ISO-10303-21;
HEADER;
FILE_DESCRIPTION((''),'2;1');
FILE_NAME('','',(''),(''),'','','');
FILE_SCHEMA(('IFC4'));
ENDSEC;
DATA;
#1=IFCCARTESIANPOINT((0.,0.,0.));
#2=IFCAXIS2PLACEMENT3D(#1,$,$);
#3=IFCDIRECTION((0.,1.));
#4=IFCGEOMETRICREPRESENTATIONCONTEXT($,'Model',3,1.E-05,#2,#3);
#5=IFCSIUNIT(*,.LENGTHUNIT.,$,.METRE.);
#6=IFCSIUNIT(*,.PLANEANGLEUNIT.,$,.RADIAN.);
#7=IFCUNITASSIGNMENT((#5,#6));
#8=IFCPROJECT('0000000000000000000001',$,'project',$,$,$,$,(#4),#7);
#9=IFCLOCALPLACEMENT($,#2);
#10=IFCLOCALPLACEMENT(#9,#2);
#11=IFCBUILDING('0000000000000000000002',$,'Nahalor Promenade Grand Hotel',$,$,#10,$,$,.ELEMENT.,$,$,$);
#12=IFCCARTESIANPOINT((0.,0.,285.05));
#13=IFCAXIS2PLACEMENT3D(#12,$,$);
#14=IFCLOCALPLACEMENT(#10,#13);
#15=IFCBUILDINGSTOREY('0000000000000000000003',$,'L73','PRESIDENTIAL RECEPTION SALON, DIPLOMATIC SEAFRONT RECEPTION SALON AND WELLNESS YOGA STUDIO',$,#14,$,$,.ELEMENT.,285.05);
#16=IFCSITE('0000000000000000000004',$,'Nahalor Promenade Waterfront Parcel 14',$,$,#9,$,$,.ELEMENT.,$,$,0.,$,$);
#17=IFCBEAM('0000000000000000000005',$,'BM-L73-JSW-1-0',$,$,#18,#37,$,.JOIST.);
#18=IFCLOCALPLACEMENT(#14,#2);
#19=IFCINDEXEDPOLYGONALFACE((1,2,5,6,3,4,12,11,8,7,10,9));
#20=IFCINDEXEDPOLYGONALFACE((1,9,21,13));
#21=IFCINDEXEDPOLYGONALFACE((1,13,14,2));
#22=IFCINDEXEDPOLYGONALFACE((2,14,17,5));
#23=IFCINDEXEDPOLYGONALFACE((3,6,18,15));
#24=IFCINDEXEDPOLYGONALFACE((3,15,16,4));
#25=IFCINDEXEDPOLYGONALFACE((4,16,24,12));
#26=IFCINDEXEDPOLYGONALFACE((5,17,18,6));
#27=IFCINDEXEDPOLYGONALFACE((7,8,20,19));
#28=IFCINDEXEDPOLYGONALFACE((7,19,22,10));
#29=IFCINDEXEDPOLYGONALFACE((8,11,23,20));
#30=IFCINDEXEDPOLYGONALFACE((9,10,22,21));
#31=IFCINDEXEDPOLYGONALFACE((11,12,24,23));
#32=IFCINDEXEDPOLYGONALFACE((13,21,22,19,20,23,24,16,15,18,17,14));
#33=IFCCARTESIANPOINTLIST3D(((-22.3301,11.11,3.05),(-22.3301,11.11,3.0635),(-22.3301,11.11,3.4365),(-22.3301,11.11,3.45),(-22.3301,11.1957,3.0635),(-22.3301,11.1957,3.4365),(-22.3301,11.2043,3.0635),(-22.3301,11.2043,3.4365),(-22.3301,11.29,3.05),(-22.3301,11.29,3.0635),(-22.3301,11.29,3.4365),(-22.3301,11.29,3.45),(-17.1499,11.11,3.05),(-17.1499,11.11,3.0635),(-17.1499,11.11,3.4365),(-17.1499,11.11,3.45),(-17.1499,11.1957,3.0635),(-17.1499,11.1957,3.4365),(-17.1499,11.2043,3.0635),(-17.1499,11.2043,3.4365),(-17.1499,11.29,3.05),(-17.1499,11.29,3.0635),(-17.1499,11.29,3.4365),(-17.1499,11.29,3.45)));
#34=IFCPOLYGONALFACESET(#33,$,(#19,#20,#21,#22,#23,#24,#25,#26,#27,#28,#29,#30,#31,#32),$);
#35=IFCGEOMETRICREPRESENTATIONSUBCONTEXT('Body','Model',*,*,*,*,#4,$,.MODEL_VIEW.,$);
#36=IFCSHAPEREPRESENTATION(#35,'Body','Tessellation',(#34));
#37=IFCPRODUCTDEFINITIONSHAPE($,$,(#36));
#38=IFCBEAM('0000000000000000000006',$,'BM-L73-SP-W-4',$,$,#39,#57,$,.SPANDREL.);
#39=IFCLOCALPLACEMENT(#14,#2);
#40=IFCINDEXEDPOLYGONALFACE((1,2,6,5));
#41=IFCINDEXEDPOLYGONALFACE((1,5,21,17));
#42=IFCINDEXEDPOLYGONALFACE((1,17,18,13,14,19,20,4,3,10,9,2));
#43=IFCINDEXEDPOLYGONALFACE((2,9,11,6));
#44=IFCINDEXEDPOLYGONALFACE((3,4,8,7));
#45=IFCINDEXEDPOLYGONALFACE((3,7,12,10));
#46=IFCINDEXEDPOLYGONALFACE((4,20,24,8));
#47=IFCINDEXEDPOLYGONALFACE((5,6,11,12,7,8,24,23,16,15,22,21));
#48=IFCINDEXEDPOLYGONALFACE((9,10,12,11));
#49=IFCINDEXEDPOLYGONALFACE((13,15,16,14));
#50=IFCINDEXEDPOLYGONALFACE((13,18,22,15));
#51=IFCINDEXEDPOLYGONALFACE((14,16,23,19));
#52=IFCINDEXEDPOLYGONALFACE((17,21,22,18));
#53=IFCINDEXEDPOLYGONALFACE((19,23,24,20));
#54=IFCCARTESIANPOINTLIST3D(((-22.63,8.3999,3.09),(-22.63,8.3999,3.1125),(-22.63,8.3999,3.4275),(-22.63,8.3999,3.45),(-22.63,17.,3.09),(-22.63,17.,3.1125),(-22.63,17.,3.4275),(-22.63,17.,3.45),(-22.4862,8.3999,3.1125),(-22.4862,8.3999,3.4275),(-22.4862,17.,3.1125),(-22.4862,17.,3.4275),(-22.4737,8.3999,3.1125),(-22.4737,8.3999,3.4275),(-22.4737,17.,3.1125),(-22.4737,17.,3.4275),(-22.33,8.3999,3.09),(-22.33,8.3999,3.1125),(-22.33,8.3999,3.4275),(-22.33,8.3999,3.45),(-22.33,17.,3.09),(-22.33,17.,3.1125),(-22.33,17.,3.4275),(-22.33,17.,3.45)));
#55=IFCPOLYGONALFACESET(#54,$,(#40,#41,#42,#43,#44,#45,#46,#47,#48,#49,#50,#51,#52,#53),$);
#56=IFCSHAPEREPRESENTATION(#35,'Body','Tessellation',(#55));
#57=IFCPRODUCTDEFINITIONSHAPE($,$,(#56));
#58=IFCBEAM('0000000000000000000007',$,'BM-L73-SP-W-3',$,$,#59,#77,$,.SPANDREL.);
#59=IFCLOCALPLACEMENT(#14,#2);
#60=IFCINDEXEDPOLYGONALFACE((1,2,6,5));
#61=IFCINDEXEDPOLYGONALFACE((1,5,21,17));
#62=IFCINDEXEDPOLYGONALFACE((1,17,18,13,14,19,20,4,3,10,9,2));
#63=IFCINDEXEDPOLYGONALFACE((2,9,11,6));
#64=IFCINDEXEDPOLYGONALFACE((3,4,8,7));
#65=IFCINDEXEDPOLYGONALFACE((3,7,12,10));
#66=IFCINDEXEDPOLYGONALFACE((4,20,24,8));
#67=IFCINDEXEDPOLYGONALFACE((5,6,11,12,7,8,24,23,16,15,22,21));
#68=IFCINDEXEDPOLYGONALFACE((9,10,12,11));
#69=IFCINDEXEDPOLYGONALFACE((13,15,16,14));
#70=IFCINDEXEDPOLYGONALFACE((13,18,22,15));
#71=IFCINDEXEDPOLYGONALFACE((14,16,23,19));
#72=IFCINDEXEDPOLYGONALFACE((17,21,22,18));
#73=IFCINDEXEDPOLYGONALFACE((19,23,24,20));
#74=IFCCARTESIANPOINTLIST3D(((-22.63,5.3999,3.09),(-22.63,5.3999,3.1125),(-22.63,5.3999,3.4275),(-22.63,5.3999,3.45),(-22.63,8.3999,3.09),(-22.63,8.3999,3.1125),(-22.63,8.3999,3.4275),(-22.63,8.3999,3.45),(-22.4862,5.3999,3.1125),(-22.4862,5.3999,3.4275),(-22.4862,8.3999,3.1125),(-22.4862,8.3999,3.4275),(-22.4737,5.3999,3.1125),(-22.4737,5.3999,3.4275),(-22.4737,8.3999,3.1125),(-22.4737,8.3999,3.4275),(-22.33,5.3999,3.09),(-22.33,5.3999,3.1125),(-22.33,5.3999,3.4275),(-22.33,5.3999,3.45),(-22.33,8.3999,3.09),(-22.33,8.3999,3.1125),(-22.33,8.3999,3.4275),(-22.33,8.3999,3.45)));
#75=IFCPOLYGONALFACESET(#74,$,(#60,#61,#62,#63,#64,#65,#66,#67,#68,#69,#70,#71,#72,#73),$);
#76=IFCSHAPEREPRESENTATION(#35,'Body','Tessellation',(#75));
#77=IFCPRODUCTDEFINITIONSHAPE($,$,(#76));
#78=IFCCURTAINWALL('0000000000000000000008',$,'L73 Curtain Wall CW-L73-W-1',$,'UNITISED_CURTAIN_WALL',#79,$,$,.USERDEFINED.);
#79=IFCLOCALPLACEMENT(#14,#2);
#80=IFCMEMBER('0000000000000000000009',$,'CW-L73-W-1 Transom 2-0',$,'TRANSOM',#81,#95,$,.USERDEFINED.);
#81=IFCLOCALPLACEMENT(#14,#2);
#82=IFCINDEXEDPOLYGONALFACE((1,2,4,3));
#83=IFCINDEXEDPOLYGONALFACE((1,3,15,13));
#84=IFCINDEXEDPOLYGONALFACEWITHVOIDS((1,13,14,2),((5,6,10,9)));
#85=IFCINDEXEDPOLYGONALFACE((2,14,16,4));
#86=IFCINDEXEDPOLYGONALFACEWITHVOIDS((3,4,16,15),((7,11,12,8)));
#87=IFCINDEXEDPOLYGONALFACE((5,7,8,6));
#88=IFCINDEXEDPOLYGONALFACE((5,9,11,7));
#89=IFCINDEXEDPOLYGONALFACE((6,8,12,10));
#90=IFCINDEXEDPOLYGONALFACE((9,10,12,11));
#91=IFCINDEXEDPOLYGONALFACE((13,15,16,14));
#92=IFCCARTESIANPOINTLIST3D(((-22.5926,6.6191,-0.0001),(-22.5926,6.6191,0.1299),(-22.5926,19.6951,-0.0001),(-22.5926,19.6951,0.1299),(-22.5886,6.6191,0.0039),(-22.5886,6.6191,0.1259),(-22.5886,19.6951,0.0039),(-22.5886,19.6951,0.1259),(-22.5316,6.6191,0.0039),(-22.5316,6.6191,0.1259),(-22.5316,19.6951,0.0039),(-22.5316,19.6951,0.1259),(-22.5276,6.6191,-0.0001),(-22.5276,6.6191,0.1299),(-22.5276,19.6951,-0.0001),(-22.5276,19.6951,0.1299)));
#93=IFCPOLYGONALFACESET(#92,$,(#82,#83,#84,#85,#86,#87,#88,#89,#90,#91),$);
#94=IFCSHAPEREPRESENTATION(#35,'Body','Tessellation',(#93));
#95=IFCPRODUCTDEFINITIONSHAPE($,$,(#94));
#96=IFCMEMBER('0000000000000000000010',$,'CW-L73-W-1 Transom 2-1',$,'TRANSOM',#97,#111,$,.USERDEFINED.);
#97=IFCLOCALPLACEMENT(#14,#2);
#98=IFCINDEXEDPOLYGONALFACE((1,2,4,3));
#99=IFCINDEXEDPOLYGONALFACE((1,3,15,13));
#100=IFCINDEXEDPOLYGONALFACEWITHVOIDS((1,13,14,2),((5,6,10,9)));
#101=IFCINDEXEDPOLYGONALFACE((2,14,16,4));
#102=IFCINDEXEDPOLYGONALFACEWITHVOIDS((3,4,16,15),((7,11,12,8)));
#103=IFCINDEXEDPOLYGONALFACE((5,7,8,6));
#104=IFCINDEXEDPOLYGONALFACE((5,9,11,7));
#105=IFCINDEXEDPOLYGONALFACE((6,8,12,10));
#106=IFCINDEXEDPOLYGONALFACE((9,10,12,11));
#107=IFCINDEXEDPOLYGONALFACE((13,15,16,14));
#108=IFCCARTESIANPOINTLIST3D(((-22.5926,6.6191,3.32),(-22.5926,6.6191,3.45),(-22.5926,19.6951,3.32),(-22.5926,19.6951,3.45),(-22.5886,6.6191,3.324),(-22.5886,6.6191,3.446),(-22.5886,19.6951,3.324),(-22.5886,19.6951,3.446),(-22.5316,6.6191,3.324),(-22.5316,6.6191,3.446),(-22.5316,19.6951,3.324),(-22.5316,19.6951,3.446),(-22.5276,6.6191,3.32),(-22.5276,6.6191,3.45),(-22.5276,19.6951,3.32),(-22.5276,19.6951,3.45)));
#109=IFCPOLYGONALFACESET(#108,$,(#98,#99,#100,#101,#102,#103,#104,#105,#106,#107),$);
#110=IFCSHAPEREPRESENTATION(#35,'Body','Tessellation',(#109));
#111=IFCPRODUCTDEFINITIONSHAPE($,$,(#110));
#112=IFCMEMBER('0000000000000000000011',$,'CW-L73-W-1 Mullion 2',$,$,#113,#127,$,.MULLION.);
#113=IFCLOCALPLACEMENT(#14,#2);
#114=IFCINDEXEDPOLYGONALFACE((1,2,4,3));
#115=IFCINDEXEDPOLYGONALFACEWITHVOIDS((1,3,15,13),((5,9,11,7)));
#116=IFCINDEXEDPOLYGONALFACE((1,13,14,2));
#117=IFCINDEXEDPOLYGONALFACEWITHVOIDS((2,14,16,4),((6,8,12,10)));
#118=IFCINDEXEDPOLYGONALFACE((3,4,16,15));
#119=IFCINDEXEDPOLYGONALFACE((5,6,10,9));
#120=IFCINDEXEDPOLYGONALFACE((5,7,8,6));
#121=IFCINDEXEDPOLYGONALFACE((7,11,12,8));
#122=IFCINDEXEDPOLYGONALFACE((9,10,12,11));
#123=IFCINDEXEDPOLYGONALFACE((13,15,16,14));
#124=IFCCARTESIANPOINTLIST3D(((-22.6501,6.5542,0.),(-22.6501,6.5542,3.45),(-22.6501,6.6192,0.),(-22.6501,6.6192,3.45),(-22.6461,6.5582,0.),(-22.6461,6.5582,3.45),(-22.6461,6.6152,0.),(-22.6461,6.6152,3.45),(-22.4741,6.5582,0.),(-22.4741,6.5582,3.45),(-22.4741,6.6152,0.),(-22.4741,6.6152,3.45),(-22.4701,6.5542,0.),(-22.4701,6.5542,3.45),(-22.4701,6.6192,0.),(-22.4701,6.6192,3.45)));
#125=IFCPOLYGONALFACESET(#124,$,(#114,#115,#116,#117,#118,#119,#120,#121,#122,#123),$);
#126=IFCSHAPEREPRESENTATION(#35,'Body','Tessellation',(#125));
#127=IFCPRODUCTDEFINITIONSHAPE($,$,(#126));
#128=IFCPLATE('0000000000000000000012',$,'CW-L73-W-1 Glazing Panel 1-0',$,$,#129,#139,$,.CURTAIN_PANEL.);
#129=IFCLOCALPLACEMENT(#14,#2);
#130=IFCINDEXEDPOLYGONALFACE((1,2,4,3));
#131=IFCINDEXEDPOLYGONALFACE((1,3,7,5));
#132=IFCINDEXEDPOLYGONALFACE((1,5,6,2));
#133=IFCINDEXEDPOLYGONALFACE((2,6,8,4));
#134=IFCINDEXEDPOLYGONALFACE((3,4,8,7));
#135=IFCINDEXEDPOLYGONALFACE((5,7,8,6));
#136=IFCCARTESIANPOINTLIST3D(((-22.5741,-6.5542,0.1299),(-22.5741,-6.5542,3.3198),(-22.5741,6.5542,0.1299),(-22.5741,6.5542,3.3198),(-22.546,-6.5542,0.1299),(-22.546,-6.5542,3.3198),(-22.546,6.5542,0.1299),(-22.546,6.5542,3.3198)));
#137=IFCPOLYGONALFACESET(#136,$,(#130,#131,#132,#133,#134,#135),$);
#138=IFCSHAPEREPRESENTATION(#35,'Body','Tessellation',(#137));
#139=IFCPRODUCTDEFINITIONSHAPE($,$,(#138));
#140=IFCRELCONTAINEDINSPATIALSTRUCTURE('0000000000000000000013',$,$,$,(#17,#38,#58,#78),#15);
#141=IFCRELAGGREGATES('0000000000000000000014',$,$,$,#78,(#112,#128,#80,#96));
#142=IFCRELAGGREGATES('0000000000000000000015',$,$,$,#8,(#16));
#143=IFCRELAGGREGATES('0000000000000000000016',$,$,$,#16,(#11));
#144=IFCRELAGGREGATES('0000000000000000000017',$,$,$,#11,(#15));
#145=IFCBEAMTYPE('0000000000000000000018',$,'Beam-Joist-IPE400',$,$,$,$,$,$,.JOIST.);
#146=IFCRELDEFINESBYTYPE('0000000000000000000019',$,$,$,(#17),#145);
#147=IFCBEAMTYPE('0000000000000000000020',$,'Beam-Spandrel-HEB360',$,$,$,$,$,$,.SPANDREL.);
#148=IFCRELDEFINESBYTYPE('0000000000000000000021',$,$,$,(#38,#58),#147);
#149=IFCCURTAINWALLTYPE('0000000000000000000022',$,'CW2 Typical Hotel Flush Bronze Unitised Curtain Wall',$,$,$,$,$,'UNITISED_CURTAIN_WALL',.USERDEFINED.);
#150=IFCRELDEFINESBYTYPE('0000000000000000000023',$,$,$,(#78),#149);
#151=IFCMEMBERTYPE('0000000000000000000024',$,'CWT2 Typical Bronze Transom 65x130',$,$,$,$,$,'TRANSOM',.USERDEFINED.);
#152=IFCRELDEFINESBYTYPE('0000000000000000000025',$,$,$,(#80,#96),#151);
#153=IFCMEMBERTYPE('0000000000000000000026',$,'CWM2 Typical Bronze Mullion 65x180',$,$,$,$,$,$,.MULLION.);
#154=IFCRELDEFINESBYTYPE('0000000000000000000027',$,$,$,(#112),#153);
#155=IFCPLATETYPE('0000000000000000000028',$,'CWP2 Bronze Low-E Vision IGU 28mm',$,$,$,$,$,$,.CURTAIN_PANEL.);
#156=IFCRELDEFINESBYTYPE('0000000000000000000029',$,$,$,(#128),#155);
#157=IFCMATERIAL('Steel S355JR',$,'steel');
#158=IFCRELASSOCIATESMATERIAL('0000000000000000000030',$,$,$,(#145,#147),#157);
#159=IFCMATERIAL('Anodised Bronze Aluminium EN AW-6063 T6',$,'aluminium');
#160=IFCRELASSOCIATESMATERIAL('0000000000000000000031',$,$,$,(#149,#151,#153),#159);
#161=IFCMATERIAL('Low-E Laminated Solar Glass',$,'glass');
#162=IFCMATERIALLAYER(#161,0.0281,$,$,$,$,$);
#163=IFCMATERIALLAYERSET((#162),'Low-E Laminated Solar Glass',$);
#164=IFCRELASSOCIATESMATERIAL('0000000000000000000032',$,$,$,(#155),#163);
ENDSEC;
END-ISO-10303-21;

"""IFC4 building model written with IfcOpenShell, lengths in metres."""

from ifc_helpers import new_model, si_unit, direction, frame, origin, origin_2d, place, context, subcontext, project, spatial, rectangle, hollow_rectangle, i_section, extrude, source, transform, mapped, material, layer, layer_set, material_profile, profile_set, type_object, element, aggregate, save


model = new_model("IFC4")

# Units and contexts
model_context = context("Model", 3, precision=1e-05, world=origin(), true_north=direction((0.0, 1.0)))
body_context = subcontext(model_context, "Body", "Model", "MODEL_VIEW")
ifc_project = project(units=[si_unit("LENGTHUNIT", "METRE"), si_unit("PLANEANGLEUNIT", "RADIAN")], contexts=[model_context])

# Site, building, storey
site_placement = place(None, origin())
site = spatial("IfcSite", under=ifc_project, at=site_placement, Name="Nahalor Promenade Waterfront Parcel 14", CompositionType="ELEMENT", RefElevation=0.0)
building_placement = place(site_placement, origin())
building = spatial("IfcBuilding", under=site, at=building_placement, Name="Nahalor Promenade Grand Hotel", CompositionType="ELEMENT")
storey_placement = place(building_placement, frame((0.0, 0.0, 285.05)))
storey = spatial("IfcBuildingStorey", under=building, at=storey_placement, Name="L73", Description="PRESIDENTIAL RECEPTION SALON, DIPLOMATIC SEAFRONT RECEPTION SALON AND WELLNESS YOGA STUDIO", CompositionType="ELEMENT", Elevation=285.05)

# Shared definitions
ifc_material_1 = material(Name="Steel S355JR", Category="steel")

# Beams
ifc_material_profile_1 = material_profile(ifc_material_1, i_section(OverallWidth=0.18, OverallDepth=0.4, WebThickness=0.0086, FlangeThickness=0.0135, at=origin_2d()), Name="IPE 400")
ifc_profile_set_1 = profile_set([ifc_material_profile_1], Name="Steel S355JR")
beam_type_1 = type_object("IfcBeamType", Name="Beam-Joist-IPE400", PredefinedType="JOIST", material=ifc_profile_set_1)
shared_shape_1 = source(origin(), body_context, "Body", "SweptSolid", [
    extrude(i_section(OverallWidth=0.18, OverallDepth=0.4, WebThickness=0.0086, FlangeThickness=0.0135, at=origin_2d()), origin(), (0.0, 0.0, 1.0), 5.1802),
])
beam_1_placement = place(storey_placement, frame((-22.3301, 11.2, 3.25), z_axis=(1.0, 0.0, 0.0), x_axis=(0.0, 1.0, 0.0)))
element("IfcBeam", 1, at=beam_1_placement, inside=storey, type_object=beam_type_1, Name="BM-L73-JSW-1-0", PredefinedType="JOIST", context=body_context, shape_type="MappedRepresentation", body=[
    mapped(shared_shape_1, transform((0.0, 0.0, 0.0), scale=1.0)),
])
ifc_material_profile_2 = material_profile(ifc_material_1, i_section(OverallWidth=0.3, OverallDepth=0.36, WebThickness=0.0125, FlangeThickness=0.0225, at=origin_2d()), Name="HEB 360")
ifc_profile_set_2 = profile_set([ifc_material_profile_2], Name="Steel S355JR")
beam_type_2 = type_object("IfcBeamType", Name="Beam-Spandrel-HEB360", PredefinedType="SPANDREL", material=ifc_profile_set_2)
shared_shape_2 = source(origin(), body_context, "Body", "SweptSolid", [
    extrude(i_section(OverallWidth=0.3, OverallDepth=0.36, WebThickness=0.0125, FlangeThickness=0.0225, at=origin_2d()), origin(), (0.0, 0.0, 1.0), 8.6001),
])
beam_2_placement = place(storey_placement, frame((-22.48, 8.3999, 3.27), z_axis=(0.0, 1.0, 0.0), x_axis=(-1.0, 0.0, 0.0)))
element("IfcBeam", 2, at=beam_2_placement, inside=storey, type_object=beam_type_2, Name="BM-L73-SP-W-4", PredefinedType="SPANDREL", context=body_context, shape_type="MappedRepresentation", body=[
    mapped(shared_shape_2, transform((0.0, 0.0, 0.0), scale=1.0)),
])
shared_shape_3 = source(origin(), body_context, "Body", "SweptSolid", [
    extrude(i_section(OverallWidth=0.3, OverallDepth=0.36, WebThickness=0.0125, FlangeThickness=0.0225, at=origin_2d()), origin(), (0.0, 0.0, 1.0), 3.0),
])
beam_3_placement = place(storey_placement, frame((-22.48, 5.3999, 3.27), z_axis=(0.0, 1.0, 0.0), x_axis=(-1.0, 0.0, 0.0)))
element("IfcBeam", 3, at=beam_3_placement, inside=storey, type_object=beam_type_2, Name="BM-L73-SP-W-3", PredefinedType="SPANDREL", context=body_context, shape_type="MappedRepresentation", body=[
    mapped(shared_shape_3, transform((0.0, 0.0, 0.0), scale=1.0)),
])

# Curtain wall, members, plate
ifc_material_2 = material(Name="Anodised Bronze Aluminium EN AW-6063 T6", Category="aluminium")
curtain_wall_type = type_object("IfcCurtainWallType", Name="CW2 Typical Hotel Flush Bronze Unitised Curtain Wall", ElementType="UNITISED_CURTAIN_WALL", PredefinedType="USERDEFINED", material=ifc_material_2)
curtain_wall_placement = place(storey_placement, origin())
curtain_wall = element("IfcCurtainWall", 4, at=curtain_wall_placement, inside=storey, type_object=curtain_wall_type, Name="L73 Curtain Wall CW-L73-W-1", ObjectType="UNITISED_CURTAIN_WALL", PredefinedType="USERDEFINED")
ifc_material_profile_3 = material_profile(ifc_material_2, hollow_rectangle(XDim=0.065, YDim=0.13, WallThickness=0.004, at=origin_2d()), Name="CWT 65x130x4")
ifc_profile_set_3 = profile_set([ifc_material_profile_3], Name="Anodised Bronze Aluminium EN AW-6063 T6")
member_type_1 = type_object("IfcMemberType", Name="CWT2 Typical Bronze Transom 65x130", ElementType="TRANSOM", PredefinedType="USERDEFINED", material=ifc_profile_set_3)
shared_shape_4 = source(origin(), body_context, "Body", "SweptSolid", [
    extrude(hollow_rectangle(XDim=0.065, YDim=0.13, WallThickness=0.004, at=origin_2d()), origin(), (0.0, 0.0, 1.0), 13.0759),
])
member_1_placement = place(storey_placement, frame((-22.5601, 6.6191, 0.0649), z_axis=(0.0, 1.0, 0.0), x_axis=(-1.0, 0.0, 0.0)))
member_1 = element("IfcMember", 5, at=member_1_placement, type_object=member_type_1, Name="CW-L73-W-1 Transom 2-0", ObjectType="TRANSOM", PredefinedType="USERDEFINED", context=body_context, shape_type="MappedRepresentation", body=[
    mapped(shared_shape_4, transform((0.0, 0.0, 0.0), scale=1.0)),
])
member_2_placement = place(storey_placement, frame((-22.5601, 6.6191, 3.385), z_axis=(0.0, 1.0, 0.0), x_axis=(-1.0, 0.0, 0.0)))
member_2 = element("IfcMember", 6, at=member_2_placement, type_object=member_type_1, Name="CW-L73-W-1 Transom 2-1", ObjectType="TRANSOM", PredefinedType="USERDEFINED", context=body_context, shape_type="MappedRepresentation", body=[
    mapped(shared_shape_4, transform((0.0, 0.0, 0.0), scale=1.0)),
])
ifc_material_profile_4 = material_profile(ifc_material_2, hollow_rectangle(XDim=0.065, YDim=0.18, WallThickness=0.004, at=origin_2d()), Name="CWM 65x180x4")
ifc_profile_set_4 = profile_set([ifc_material_profile_4], Name="Anodised Bronze Aluminium EN AW-6063 T6")
member_type_2 = type_object("IfcMemberType", Name="CWM2 Typical Bronze Mullion 65x180", PredefinedType="MULLION", material=ifc_profile_set_4)
shared_shape_5 = source(origin(), body_context, "Body", "SweptSolid", [
    extrude(hollow_rectangle(XDim=0.065, YDim=0.18, WallThickness=0.004, at=origin_2d()), origin(), (0.0, 0.0, 1.0), 3.45),
])
member_3_placement = place(storey_placement, frame((-22.5601, 6.5867, 0.0), z_axis=(0.0, 0.0, 1.0), x_axis=(0.0, 1.0, 0.0)))
member_3 = element("IfcMember", 7, at=member_3_placement, type_object=member_type_2, Name="CW-L73-W-1 Mullion 2", PredefinedType="MULLION", context=body_context, shape_type="MappedRepresentation", body=[
    mapped(shared_shape_5, transform((0.0, 0.0, 0.0), scale=1.0)),
])
ifc_material_3 = material(Name="Low-E Laminated Solar Glass", Category="glass")
ifc_layer_1 = layer(ifc_material_3, 0.0281)
ifc_layer_set_1 = layer_set([ifc_layer_1], Name="Low-E Laminated Solar Glass")
plate_type = type_object("IfcPlateType", Name="CWP2 Bronze Low-E Vision IGU 28mm", PredefinedType="CURTAIN_PANEL", material=ifc_layer_set_1)
shared_shape_6 = source(origin(), body_context, "Body", "SweptSolid", [
    extrude(rectangle(XDim=13.1084, YDim=0.0281, at=origin_2d()), origin(), (0.0, 0.0, 1.0), 3.1899),
])
plate_placement = place(storey_placement, frame((-22.5601, 0.0, 0.1299), z_axis=(0.0, 0.0, 1.0), x_axis=(0.0, 1.0, 0.0)))
plate = element("IfcPlate", 8, at=plate_placement, type_object=plate_type, Name="CW-L73-W-1 Glazing Panel 1-0", PredefinedType="CURTAIN_PANEL", context=body_context, shape_type="MappedRepresentation", body=[
    mapped(shared_shape_6, transform((0.0, 0.0, 0.0), scale=1.0)),
])
aggregate(curtain_wall, [member_3, plate, member_1, member_2])

save(model, "model.ifc")
